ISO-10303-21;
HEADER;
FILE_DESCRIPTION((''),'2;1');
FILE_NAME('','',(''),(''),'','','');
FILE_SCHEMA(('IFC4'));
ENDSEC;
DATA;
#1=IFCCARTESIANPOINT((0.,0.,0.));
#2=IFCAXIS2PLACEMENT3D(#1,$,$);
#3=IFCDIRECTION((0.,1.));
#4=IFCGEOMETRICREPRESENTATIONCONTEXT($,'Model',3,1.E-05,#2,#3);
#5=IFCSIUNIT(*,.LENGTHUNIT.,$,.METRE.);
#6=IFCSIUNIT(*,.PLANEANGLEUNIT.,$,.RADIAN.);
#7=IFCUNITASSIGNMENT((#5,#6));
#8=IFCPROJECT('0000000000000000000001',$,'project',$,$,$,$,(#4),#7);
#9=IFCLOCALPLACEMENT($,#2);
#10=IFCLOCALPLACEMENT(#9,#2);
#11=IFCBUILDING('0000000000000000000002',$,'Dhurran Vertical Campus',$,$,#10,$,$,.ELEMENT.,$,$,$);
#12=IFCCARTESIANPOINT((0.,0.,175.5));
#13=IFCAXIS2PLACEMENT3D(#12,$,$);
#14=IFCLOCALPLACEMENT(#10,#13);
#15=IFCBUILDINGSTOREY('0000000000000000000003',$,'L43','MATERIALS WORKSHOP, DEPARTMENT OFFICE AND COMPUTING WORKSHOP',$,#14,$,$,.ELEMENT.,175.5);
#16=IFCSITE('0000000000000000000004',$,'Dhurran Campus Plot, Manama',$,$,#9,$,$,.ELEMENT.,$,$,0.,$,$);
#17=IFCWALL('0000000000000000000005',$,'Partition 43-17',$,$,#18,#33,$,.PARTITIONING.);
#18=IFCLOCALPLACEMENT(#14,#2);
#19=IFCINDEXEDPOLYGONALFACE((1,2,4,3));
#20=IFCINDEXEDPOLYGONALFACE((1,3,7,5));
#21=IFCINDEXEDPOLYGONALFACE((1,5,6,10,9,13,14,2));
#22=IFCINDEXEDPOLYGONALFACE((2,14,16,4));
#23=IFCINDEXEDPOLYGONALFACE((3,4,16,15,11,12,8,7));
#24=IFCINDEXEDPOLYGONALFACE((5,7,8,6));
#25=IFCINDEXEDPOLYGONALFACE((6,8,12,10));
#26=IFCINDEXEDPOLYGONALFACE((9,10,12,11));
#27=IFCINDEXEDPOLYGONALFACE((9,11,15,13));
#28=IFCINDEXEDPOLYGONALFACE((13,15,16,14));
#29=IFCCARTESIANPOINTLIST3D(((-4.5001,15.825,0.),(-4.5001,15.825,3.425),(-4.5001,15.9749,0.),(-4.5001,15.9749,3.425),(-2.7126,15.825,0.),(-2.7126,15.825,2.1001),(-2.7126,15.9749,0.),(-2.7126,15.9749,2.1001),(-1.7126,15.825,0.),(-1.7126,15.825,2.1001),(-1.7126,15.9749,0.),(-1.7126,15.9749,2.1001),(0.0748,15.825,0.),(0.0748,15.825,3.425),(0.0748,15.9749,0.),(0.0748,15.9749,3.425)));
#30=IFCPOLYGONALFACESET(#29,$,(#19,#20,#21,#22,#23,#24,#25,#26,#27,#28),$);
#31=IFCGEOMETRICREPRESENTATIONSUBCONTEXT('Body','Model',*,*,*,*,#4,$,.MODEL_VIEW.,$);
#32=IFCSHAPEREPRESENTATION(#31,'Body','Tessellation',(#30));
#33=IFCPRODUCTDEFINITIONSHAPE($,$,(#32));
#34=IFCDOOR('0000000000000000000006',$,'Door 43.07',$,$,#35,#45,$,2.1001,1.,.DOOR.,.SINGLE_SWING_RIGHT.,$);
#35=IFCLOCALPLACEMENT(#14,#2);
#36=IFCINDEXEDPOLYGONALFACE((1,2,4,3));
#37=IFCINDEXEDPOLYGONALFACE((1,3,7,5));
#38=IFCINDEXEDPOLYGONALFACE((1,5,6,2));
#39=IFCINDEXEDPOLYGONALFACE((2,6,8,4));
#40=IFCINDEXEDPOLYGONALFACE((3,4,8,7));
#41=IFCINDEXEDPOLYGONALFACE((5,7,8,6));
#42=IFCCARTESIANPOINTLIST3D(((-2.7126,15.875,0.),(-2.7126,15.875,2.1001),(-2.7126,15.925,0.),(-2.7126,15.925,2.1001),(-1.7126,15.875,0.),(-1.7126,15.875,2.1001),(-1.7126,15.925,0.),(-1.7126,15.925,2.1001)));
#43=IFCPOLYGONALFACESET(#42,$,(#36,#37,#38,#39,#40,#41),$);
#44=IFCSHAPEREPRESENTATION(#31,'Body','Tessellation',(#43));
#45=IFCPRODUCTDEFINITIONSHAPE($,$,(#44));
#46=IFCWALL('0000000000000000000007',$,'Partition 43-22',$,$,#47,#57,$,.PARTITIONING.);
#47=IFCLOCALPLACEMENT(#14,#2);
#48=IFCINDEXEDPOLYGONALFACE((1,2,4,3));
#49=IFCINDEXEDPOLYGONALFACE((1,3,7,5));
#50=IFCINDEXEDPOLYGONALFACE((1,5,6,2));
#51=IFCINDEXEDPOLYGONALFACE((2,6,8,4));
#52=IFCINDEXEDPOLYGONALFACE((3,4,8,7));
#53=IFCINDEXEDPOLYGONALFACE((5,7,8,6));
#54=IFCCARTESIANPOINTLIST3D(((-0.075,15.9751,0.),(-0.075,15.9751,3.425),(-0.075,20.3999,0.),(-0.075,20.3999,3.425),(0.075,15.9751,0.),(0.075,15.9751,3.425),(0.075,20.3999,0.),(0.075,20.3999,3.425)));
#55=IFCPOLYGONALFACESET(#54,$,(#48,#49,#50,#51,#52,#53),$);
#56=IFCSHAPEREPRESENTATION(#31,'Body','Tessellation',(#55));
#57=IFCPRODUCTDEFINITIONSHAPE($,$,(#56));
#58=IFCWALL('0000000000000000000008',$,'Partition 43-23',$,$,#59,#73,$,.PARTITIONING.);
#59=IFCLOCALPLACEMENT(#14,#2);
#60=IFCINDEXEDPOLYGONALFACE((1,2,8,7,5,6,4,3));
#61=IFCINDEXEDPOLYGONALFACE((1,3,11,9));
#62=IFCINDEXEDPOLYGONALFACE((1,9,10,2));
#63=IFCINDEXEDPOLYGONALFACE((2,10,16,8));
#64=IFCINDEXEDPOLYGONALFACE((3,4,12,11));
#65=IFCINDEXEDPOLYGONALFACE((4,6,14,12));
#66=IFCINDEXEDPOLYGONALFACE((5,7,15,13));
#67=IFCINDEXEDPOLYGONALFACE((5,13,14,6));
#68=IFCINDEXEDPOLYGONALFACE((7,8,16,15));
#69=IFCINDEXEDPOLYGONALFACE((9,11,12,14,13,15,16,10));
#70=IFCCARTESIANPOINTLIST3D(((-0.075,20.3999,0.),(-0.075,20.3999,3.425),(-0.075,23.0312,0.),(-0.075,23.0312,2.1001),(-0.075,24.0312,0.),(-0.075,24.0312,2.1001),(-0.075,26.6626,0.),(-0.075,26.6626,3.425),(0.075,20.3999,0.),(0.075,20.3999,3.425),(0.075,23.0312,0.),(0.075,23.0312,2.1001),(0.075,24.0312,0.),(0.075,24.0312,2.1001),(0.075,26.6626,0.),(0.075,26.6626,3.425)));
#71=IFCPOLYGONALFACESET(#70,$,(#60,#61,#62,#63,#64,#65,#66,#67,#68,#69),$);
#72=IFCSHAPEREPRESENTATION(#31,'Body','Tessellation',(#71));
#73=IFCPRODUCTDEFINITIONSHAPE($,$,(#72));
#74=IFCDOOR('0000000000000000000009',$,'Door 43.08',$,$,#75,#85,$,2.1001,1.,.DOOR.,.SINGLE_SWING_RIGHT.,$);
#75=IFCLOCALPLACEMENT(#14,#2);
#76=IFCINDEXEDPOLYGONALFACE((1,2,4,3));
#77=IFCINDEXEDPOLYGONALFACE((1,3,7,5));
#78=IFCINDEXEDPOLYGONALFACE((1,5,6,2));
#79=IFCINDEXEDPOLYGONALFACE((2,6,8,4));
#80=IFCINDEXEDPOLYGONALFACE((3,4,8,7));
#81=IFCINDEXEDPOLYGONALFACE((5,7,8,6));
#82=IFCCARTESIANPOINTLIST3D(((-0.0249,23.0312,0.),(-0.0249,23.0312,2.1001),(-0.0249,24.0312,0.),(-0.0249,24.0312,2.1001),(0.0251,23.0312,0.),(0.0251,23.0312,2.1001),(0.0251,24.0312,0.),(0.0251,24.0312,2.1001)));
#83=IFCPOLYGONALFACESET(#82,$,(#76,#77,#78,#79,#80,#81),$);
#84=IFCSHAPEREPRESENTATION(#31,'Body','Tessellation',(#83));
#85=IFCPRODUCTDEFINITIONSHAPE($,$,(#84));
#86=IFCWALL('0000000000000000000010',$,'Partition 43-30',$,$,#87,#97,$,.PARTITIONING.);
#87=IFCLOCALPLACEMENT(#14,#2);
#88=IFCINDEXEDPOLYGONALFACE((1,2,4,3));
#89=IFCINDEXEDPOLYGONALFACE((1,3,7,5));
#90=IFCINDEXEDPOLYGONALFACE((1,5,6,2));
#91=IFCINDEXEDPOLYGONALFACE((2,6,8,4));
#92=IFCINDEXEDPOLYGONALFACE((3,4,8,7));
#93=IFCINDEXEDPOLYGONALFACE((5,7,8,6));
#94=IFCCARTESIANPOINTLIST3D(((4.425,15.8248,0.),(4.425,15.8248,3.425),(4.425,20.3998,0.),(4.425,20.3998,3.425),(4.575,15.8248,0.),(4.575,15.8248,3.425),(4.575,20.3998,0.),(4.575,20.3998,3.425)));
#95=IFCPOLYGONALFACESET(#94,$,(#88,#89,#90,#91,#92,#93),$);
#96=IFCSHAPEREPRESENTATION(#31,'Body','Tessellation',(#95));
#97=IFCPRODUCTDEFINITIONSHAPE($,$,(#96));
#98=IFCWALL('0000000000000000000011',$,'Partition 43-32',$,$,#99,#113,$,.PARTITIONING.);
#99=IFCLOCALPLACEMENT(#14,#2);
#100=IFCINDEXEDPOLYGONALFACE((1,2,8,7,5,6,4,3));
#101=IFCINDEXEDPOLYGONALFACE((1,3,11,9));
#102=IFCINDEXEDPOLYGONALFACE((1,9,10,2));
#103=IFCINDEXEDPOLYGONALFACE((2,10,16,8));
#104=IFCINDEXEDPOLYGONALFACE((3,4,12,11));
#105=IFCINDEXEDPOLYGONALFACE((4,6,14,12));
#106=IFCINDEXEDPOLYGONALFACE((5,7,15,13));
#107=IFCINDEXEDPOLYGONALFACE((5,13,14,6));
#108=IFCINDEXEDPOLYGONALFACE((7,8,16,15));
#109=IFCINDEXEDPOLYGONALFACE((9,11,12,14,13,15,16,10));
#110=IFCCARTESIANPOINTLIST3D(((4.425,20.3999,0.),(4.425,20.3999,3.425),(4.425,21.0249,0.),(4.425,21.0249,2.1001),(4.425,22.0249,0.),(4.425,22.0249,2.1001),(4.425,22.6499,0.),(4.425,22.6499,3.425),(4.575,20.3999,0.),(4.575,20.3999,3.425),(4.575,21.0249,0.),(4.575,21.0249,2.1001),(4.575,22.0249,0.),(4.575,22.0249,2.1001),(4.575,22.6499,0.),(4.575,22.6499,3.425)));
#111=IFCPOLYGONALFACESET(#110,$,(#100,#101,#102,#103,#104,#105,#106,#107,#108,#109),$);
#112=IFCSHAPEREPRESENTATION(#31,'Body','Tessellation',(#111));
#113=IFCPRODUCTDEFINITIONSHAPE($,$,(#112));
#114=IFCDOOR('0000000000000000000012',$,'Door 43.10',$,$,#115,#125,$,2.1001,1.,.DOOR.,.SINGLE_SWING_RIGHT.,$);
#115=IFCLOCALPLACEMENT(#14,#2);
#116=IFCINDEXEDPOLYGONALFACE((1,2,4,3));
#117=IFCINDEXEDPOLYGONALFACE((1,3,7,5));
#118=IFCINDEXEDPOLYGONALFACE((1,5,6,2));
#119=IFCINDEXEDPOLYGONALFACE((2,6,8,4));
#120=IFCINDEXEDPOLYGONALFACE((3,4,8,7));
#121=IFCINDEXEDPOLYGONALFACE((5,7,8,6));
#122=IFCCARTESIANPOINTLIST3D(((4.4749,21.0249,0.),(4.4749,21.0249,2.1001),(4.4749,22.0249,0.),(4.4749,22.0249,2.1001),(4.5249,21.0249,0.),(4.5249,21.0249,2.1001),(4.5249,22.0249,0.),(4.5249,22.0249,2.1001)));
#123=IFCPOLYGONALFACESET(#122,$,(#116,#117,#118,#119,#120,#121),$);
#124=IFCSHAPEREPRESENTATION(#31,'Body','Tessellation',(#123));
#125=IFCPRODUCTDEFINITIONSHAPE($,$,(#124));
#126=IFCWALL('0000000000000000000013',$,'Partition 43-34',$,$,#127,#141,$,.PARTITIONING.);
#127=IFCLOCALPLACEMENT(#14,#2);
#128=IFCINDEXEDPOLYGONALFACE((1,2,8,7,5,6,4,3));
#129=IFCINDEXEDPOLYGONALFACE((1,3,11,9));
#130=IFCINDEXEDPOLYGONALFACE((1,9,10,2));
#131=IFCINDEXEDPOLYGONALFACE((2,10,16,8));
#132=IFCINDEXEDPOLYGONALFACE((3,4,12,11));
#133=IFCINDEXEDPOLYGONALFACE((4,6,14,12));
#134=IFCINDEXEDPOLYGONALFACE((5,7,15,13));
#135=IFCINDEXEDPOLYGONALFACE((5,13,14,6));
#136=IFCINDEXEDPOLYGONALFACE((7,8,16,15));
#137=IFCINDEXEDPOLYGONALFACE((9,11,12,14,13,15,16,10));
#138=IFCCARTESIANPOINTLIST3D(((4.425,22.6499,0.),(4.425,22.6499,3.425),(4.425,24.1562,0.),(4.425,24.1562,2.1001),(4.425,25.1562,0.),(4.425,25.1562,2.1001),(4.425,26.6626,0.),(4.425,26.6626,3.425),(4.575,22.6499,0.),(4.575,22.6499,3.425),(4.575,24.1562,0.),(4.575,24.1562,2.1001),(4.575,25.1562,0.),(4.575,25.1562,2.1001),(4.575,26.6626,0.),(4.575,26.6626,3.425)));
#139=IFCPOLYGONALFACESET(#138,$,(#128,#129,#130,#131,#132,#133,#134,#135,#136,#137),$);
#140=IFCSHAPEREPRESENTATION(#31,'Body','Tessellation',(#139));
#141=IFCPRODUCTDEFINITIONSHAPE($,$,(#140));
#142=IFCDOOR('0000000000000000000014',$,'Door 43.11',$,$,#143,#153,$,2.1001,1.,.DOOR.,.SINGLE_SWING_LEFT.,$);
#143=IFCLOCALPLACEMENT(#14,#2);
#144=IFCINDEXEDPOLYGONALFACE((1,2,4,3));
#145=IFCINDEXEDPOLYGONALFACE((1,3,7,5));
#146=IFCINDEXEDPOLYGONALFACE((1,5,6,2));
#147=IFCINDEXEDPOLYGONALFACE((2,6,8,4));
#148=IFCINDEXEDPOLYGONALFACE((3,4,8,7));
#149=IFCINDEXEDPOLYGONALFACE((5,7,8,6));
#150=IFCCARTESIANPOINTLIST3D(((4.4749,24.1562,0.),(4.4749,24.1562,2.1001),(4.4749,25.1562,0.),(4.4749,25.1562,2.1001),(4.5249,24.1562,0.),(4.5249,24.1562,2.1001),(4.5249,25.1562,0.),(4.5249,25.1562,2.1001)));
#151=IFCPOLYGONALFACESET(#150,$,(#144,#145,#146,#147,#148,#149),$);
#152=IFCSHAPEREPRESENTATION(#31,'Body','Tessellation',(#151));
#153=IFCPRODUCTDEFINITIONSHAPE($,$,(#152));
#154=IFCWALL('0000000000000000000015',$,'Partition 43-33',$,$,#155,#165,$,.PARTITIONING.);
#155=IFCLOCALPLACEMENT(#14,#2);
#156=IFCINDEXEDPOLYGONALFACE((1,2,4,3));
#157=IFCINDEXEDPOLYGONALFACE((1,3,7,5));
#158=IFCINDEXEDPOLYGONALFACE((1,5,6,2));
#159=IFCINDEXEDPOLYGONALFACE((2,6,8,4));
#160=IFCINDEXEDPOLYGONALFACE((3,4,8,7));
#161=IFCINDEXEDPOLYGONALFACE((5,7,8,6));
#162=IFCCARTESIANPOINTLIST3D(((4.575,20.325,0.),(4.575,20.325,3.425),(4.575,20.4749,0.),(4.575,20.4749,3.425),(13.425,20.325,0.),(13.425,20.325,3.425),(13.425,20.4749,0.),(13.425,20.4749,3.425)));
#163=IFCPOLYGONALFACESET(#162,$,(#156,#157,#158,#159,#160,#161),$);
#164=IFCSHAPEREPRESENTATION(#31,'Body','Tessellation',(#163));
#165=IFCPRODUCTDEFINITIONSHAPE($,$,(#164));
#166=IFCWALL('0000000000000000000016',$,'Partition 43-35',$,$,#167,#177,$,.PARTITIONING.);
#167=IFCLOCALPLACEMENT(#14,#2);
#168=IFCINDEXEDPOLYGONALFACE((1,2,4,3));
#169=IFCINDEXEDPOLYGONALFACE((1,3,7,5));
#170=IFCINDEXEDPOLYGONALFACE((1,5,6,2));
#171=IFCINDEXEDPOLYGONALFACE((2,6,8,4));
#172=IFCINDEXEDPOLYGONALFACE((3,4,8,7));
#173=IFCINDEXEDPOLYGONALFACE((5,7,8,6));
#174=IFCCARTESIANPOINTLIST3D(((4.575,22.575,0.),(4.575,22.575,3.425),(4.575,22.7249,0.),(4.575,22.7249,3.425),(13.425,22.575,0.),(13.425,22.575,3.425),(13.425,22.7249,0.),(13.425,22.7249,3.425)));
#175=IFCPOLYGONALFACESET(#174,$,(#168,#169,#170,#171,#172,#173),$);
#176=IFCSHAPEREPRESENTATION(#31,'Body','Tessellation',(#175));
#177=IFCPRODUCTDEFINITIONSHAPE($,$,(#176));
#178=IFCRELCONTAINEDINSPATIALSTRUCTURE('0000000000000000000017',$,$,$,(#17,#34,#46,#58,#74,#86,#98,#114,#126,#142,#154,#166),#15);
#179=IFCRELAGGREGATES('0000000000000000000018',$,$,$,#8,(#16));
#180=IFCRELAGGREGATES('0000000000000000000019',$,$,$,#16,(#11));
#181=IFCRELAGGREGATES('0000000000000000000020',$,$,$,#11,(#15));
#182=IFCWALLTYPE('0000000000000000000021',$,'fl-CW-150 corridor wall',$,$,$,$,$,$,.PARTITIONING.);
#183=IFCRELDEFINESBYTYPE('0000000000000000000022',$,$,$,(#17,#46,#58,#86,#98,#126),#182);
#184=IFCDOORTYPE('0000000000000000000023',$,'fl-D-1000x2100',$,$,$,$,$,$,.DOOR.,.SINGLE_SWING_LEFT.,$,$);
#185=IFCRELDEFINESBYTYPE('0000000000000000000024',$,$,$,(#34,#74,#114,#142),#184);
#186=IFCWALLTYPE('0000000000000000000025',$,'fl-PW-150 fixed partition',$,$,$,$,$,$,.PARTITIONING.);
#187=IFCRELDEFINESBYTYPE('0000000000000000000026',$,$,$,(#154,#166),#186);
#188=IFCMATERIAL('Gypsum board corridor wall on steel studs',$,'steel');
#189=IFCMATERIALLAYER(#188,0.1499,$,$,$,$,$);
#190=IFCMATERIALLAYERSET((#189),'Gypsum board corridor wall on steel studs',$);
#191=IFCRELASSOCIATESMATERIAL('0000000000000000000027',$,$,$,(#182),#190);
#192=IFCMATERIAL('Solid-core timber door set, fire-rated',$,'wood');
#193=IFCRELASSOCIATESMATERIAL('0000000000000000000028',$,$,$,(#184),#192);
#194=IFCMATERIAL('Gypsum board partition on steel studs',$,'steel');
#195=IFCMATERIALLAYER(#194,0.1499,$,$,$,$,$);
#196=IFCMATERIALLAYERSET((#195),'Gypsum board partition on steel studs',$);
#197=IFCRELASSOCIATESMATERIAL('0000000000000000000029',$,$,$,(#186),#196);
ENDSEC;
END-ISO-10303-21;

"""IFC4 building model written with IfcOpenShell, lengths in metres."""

from ifc_helpers import new_model, si_unit, direction, frame, frame_2d, origin, place, context, subcontext, project, spatial, rectangle, extrude, material, layer, layer_set, type_object, element, fill, save


model = new_model("IFC4")

# Units and contexts
model_context = context("Model", 3, precision=1e-05, world=origin(), true_north=direction((0.0, 1.0)))
body_context = subcontext(model_context, "Body", "Model", "MODEL_VIEW")
ifc_project = project(units=[si_unit("LENGTHUNIT", "METRE"), si_unit("PLANEANGLEUNIT", "RADIAN")], contexts=[model_context])

# Site, building, storey
site_placement = place(None, origin())
site = spatial("IfcSite", under=ifc_project, at=site_placement, Name="Dhurran Campus Plot, Manama", CompositionType="ELEMENT", RefElevation=0.0)
building_placement = place(site_placement, origin())
building = spatial("IfcBuilding", under=site, at=building_placement, Name="Dhurran Vertical Campus", CompositionType="ELEMENT")
storey_placement = place(building_placement, frame((0.0, 0.0, 175.5)))
storey = spatial("IfcBuildingStorey", under=building, at=storey_placement, Name="L43", Description="MATERIALS WORKSHOP, DEPARTMENT OFFICE AND COMPUTING WORKSHOP", CompositionType="ELEMENT", Elevation=175.5)

# Wall, opening, door
ifc_material_1 = material(Name="Gypsum board corridor wall on steel studs", Category="steel")
ifc_layer_1 = layer(ifc_material_1, 0.1499)
ifc_layer_set_1 = layer_set([ifc_layer_1], Name="Gypsum board corridor wall on steel studs")
wall_type_1 = type_object("IfcWallType", Name="fl-CW-150 corridor wall", PredefinedType="PARTITIONING", material=ifc_layer_set_1)
wall_1_placement = place(storey_placement, frame((0.075, 15.8999, 0.0), z_axis=(0.0, 0.0, 1.0), x_axis=(-1.0, 0.0, 0.0)))
wall_1 = element("IfcWall", 1, at=wall_1_placement, inside=storey, type_object=wall_type_1, Name="Partition 43-17", PredefinedType="PARTITIONING", context=body_context, shape_type="SweptSolid", body=[
    extrude(rectangle(XDim=4.575, YDim=0.1499, at=frame_2d((2.2876, 0.0))), origin(), (0.0, 0.0, 1.0), 3.425),
])
opening_1_placement = place(wall_1_placement, frame((1.7876, 0.0, 0.0)))
opening_1 = element("IfcOpeningElement", 2, at=opening_1_placement, cuts=wall_1, PredefinedType="OPENING", context=body_context, shape_type="SweptSolid", body=[
    extrude(rectangle(XDim=1.0, YDim=2.1001, at=frame_2d((0.5, 1.05))), frame((0.0, 0.085, 0.0), z_axis=(0.0, -1.0, 0.0), x_axis=(1.0, 0.0, 0.0)), (0.0, 0.0, 1.0), 0.1699),
])
ifc_material_2 = material(Name="Solid-core timber door set, fire-rated", Category="wood")
door_type_1 = type_object("IfcDoorType", Name="fl-D-1000x2100", OperationType="SINGLE_SWING_LEFT", PredefinedType="DOOR", material=ifc_material_2)
door_1_placement = place(opening_1_placement, origin())
door_1 = element("IfcDoor", 3, at=door_1_placement, inside=storey, type_object=door_type_1, Name="Door 43.07", OperationType="SINGLE_SWING_RIGHT", OverallHeight=2.1001, OverallWidth=1.0, PredefinedType="DOOR", context=body_context, shape_type="SweptSolid", body=[
    extrude(rectangle(XDim=1.0, YDim=2.1001, at=frame_2d((0.5, 1.05))), frame((0.0, 0.0249, 0.0), z_axis=(0.0, -1.0, 0.0), x_axis=(1.0, 0.0, 0.0)), (0.0, 0.0, 1.0), 0.05),
])
fill(opening_1, door_1)

# Wall
wall_2_placement = place(storey_placement, frame((0.0, 15.9751, 0.0), z_axis=(0.0, 0.0, 1.0), x_axis=(0.0, 1.0, 0.0)))
element("IfcWall", 4, at=wall_2_placement, inside=storey, type_object=wall_type_1, Name="Partition 43-22", PredefinedType="PARTITIONING", context=body_context, shape_type="SweptSolid", body=[
    extrude(rectangle(XDim=4.4248, YDim=0.1499, at=frame_2d((2.2124, 0.0))), origin(), (0.0, 0.0, 1.0), 3.425),
])

# Wall, opening, door
wall_3_placement = place(storey_placement, frame((0.0, 20.3999, 0.0), z_axis=(0.0, 0.0, 1.0), x_axis=(0.0, 1.0, 0.0)))
wall_3 = element("IfcWall", 5, at=wall_3_placement, inside=storey, type_object=wall_type_1, Name="Partition 43-23", PredefinedType="PARTITIONING", context=body_context, shape_type="SweptSolid", body=[
    extrude(rectangle(XDim=6.2627, YDim=0.1499, at=frame_2d((3.1313, 0.0))), origin(), (0.0, 0.0, 1.0), 3.425),
])
opening_2_placement = place(wall_3_placement, frame((2.6313, 0.0, 0.0)))
opening_2 = element("IfcOpeningElement", 6, at=opening_2_placement, cuts=wall_3, PredefinedType="OPENING", context=body_context, shape_type="SweptSolid", body=[
    extrude(rectangle(XDim=1.0, YDim=2.1001, at=frame_2d((0.5, 1.05))), frame((0.0, 0.085, 0.0), z_axis=(0.0, -1.0, 0.0), x_axis=(1.0, 0.0, 0.0)), (0.0, 0.0, 1.0), 0.1699),
])
door_2_placement = place(opening_2_placement, origin())
door_2 = element("IfcDoor", 7, at=door_2_placement, inside=storey, type_object=door_type_1, Name="Door 43.08", OperationType="SINGLE_SWING_RIGHT", OverallHeight=2.1001, OverallWidth=1.0, PredefinedType="DOOR", context=body_context, shape_type="SweptSolid", body=[
    extrude(rectangle(XDim=1.0, YDim=2.1001, at=frame_2d((0.5, 1.05))), frame((0.0, 0.0249, 0.0), z_axis=(0.0, -1.0, 0.0), x_axis=(1.0, 0.0, 0.0)), (0.0, 0.0, 1.0), 0.05),
])
fill(opening_2, door_2)

# Wall
wall_4_placement = place(storey_placement, frame((4.5, 20.3999, 0.0), z_axis=(0.0, 0.0, 1.0), x_axis=(0.0, -1.0, 0.0)))
element("IfcWall", 8, at=wall_4_placement, inside=storey, type_object=wall_type_1, Name="Partition 43-30", PredefinedType="PARTITIONING", context=body_context, shape_type="SweptSolid", body=[
    extrude(rectangle(XDim=4.575, YDim=0.1499, at=frame_2d((2.2876, 0.0))), origin(), (0.0, 0.0, 1.0), 3.425),
])

# Walls, openings, doors
wall_5_placement = place(storey_placement, frame((4.5, 22.6499, 0.0), z_axis=(0.0, 0.0, 1.0), x_axis=(0.0, -1.0, 0.0)))
wall_5 = element("IfcWall", 9, at=wall_5_placement, inside=storey, type_object=wall_type_1, Name="Partition 43-32", PredefinedType="PARTITIONING", context=body_context, shape_type="SweptSolid", body=[
    extrude(rectangle(XDim=2.25, YDim=0.1499, at=frame_2d((1.125, 0.0))), origin(), (0.0, 0.0, 1.0), 3.425),
])
opening_3_placement = place(wall_5_placement, frame((0.625, 0.0, 0.0)))
opening_3 = element("IfcOpeningElement", 10, at=opening_3_placement, cuts=wall_5, PredefinedType="OPENING", context=body_context, shape_type="SweptSolid", body=[
    extrude(rectangle(XDim=1.0, YDim=2.1001, at=frame_2d((0.5, 1.05))), frame((0.0, 0.085, 0.0), z_axis=(0.0, -1.0, 0.0), x_axis=(1.0, 0.0, 0.0)), (0.0, 0.0, 1.0), 0.1699),
])
door_3_placement = place(opening_3_placement, origin())
door_3 = element("IfcDoor", 11, at=door_3_placement, inside=storey, type_object=door_type_1, Name="Door 43.10", OperationType="SINGLE_SWING_RIGHT", OverallHeight=2.1001, OverallWidth=1.0, PredefinedType="DOOR", context=body_context, shape_type="SweptSolid", body=[
    extrude(rectangle(XDim=1.0, YDim=2.1001, at=frame_2d((0.5, 1.05))), frame((0.0, 0.0249, 0.0), z_axis=(0.0, -1.0, 0.0), x_axis=(1.0, 0.0, 0.0)), (0.0, 0.0, 1.0), 0.05),
])
fill(opening_3, door_3)
wall_6_placement = place(storey_placement, frame((4.5, 26.6626, 0.0), z_axis=(0.0, 0.0, 1.0), x_axis=(0.0, -1.0, 0.0)))
wall_6 = element("IfcWall", 12, at=wall_6_placement, inside=storey, type_object=wall_type_1, Name="Partition 43-34", PredefinedType="PARTITIONING", context=body_context, shape_type="SweptSolid", body=[
    extrude(rectangle(XDim=4.0127, YDim=0.1499, at=frame_2d((2.0063, 0.0))), origin(), (0.0, 0.0, 1.0), 3.425),
])
opening_4_placement = place(wall_6_placement, frame((1.5063, 0.0, 0.0)))
opening_4 = element("IfcOpeningElement", 13, at=opening_4_placement, cuts=wall_6, PredefinedType="OPENING", context=body_context, shape_type="SweptSolid", body=[
    extrude(rectangle(XDim=1.0, YDim=2.1001, at=frame_2d((0.5, 1.05))), frame((0.0, 0.085, 0.0), z_axis=(0.0, -1.0, 0.0), x_axis=(1.0, 0.0, 0.0)), (0.0, 0.0, 1.0), 0.1699),
])
door_4_placement = place(opening_4_placement, origin())
door_4 = element("IfcDoor", 14, at=door_4_placement, inside=storey, type_object=door_type_1, Name="Door 43.11", OperationType="SINGLE_SWING_LEFT", OverallHeight=2.1001, OverallWidth=1.0, PredefinedType="DOOR", context=body_context, shape_type="SweptSolid", body=[
    extrude(rectangle(XDim=1.0, YDim=2.1001, at=frame_2d((0.5, 1.05))), frame((0.0, 0.0249, 0.0), z_axis=(0.0, -1.0, 0.0), x_axis=(1.0, 0.0, 0.0)), (0.0, 0.0, 1.0), 0.05),
])
fill(opening_4, door_4)

# Walls
ifc_material_3 = material(Name="Gypsum board partition on steel studs", Category="steel")
ifc_layer_2 = layer(ifc_material_3, 0.1499)
ifc_layer_set_2 = layer_set([ifc_layer_2], Name="Gypsum board partition on steel studs")
wall_type_2 = type_object("IfcWallType", Name="fl-PW-150 fixed partition", PredefinedType="PARTITIONING", material=ifc_layer_set_2)
for number, where, z_axis, x_axis, name in (
    (15, (4.575, 20.3999, 0.0), (0.0, 0.0, 1.0), (1.0, 0.0, 0.0), "Partition 43-33"),
    (16, (4.575, 22.6499, 0.0), (0.0, 0.0, 1.0), (1.0, 0.0, 0.0), "Partition 43-35"),
):
    element("IfcWall", number, at=place(storey_placement, frame(where, z_axis=z_axis, x_axis=x_axis)), inside=storey, type_object=wall_type_2, Name=name, PredefinedType="PARTITIONING", context=body_context, shape_type="SweptSolid", body=[
        extrude(rectangle(XDim=8.8501, YDim=0.1499, at=frame_2d((4.425, 0.0))), origin(), (0.0, 0.0, 1.0), 3.425),
    ])

save(model, "model.ifc")
